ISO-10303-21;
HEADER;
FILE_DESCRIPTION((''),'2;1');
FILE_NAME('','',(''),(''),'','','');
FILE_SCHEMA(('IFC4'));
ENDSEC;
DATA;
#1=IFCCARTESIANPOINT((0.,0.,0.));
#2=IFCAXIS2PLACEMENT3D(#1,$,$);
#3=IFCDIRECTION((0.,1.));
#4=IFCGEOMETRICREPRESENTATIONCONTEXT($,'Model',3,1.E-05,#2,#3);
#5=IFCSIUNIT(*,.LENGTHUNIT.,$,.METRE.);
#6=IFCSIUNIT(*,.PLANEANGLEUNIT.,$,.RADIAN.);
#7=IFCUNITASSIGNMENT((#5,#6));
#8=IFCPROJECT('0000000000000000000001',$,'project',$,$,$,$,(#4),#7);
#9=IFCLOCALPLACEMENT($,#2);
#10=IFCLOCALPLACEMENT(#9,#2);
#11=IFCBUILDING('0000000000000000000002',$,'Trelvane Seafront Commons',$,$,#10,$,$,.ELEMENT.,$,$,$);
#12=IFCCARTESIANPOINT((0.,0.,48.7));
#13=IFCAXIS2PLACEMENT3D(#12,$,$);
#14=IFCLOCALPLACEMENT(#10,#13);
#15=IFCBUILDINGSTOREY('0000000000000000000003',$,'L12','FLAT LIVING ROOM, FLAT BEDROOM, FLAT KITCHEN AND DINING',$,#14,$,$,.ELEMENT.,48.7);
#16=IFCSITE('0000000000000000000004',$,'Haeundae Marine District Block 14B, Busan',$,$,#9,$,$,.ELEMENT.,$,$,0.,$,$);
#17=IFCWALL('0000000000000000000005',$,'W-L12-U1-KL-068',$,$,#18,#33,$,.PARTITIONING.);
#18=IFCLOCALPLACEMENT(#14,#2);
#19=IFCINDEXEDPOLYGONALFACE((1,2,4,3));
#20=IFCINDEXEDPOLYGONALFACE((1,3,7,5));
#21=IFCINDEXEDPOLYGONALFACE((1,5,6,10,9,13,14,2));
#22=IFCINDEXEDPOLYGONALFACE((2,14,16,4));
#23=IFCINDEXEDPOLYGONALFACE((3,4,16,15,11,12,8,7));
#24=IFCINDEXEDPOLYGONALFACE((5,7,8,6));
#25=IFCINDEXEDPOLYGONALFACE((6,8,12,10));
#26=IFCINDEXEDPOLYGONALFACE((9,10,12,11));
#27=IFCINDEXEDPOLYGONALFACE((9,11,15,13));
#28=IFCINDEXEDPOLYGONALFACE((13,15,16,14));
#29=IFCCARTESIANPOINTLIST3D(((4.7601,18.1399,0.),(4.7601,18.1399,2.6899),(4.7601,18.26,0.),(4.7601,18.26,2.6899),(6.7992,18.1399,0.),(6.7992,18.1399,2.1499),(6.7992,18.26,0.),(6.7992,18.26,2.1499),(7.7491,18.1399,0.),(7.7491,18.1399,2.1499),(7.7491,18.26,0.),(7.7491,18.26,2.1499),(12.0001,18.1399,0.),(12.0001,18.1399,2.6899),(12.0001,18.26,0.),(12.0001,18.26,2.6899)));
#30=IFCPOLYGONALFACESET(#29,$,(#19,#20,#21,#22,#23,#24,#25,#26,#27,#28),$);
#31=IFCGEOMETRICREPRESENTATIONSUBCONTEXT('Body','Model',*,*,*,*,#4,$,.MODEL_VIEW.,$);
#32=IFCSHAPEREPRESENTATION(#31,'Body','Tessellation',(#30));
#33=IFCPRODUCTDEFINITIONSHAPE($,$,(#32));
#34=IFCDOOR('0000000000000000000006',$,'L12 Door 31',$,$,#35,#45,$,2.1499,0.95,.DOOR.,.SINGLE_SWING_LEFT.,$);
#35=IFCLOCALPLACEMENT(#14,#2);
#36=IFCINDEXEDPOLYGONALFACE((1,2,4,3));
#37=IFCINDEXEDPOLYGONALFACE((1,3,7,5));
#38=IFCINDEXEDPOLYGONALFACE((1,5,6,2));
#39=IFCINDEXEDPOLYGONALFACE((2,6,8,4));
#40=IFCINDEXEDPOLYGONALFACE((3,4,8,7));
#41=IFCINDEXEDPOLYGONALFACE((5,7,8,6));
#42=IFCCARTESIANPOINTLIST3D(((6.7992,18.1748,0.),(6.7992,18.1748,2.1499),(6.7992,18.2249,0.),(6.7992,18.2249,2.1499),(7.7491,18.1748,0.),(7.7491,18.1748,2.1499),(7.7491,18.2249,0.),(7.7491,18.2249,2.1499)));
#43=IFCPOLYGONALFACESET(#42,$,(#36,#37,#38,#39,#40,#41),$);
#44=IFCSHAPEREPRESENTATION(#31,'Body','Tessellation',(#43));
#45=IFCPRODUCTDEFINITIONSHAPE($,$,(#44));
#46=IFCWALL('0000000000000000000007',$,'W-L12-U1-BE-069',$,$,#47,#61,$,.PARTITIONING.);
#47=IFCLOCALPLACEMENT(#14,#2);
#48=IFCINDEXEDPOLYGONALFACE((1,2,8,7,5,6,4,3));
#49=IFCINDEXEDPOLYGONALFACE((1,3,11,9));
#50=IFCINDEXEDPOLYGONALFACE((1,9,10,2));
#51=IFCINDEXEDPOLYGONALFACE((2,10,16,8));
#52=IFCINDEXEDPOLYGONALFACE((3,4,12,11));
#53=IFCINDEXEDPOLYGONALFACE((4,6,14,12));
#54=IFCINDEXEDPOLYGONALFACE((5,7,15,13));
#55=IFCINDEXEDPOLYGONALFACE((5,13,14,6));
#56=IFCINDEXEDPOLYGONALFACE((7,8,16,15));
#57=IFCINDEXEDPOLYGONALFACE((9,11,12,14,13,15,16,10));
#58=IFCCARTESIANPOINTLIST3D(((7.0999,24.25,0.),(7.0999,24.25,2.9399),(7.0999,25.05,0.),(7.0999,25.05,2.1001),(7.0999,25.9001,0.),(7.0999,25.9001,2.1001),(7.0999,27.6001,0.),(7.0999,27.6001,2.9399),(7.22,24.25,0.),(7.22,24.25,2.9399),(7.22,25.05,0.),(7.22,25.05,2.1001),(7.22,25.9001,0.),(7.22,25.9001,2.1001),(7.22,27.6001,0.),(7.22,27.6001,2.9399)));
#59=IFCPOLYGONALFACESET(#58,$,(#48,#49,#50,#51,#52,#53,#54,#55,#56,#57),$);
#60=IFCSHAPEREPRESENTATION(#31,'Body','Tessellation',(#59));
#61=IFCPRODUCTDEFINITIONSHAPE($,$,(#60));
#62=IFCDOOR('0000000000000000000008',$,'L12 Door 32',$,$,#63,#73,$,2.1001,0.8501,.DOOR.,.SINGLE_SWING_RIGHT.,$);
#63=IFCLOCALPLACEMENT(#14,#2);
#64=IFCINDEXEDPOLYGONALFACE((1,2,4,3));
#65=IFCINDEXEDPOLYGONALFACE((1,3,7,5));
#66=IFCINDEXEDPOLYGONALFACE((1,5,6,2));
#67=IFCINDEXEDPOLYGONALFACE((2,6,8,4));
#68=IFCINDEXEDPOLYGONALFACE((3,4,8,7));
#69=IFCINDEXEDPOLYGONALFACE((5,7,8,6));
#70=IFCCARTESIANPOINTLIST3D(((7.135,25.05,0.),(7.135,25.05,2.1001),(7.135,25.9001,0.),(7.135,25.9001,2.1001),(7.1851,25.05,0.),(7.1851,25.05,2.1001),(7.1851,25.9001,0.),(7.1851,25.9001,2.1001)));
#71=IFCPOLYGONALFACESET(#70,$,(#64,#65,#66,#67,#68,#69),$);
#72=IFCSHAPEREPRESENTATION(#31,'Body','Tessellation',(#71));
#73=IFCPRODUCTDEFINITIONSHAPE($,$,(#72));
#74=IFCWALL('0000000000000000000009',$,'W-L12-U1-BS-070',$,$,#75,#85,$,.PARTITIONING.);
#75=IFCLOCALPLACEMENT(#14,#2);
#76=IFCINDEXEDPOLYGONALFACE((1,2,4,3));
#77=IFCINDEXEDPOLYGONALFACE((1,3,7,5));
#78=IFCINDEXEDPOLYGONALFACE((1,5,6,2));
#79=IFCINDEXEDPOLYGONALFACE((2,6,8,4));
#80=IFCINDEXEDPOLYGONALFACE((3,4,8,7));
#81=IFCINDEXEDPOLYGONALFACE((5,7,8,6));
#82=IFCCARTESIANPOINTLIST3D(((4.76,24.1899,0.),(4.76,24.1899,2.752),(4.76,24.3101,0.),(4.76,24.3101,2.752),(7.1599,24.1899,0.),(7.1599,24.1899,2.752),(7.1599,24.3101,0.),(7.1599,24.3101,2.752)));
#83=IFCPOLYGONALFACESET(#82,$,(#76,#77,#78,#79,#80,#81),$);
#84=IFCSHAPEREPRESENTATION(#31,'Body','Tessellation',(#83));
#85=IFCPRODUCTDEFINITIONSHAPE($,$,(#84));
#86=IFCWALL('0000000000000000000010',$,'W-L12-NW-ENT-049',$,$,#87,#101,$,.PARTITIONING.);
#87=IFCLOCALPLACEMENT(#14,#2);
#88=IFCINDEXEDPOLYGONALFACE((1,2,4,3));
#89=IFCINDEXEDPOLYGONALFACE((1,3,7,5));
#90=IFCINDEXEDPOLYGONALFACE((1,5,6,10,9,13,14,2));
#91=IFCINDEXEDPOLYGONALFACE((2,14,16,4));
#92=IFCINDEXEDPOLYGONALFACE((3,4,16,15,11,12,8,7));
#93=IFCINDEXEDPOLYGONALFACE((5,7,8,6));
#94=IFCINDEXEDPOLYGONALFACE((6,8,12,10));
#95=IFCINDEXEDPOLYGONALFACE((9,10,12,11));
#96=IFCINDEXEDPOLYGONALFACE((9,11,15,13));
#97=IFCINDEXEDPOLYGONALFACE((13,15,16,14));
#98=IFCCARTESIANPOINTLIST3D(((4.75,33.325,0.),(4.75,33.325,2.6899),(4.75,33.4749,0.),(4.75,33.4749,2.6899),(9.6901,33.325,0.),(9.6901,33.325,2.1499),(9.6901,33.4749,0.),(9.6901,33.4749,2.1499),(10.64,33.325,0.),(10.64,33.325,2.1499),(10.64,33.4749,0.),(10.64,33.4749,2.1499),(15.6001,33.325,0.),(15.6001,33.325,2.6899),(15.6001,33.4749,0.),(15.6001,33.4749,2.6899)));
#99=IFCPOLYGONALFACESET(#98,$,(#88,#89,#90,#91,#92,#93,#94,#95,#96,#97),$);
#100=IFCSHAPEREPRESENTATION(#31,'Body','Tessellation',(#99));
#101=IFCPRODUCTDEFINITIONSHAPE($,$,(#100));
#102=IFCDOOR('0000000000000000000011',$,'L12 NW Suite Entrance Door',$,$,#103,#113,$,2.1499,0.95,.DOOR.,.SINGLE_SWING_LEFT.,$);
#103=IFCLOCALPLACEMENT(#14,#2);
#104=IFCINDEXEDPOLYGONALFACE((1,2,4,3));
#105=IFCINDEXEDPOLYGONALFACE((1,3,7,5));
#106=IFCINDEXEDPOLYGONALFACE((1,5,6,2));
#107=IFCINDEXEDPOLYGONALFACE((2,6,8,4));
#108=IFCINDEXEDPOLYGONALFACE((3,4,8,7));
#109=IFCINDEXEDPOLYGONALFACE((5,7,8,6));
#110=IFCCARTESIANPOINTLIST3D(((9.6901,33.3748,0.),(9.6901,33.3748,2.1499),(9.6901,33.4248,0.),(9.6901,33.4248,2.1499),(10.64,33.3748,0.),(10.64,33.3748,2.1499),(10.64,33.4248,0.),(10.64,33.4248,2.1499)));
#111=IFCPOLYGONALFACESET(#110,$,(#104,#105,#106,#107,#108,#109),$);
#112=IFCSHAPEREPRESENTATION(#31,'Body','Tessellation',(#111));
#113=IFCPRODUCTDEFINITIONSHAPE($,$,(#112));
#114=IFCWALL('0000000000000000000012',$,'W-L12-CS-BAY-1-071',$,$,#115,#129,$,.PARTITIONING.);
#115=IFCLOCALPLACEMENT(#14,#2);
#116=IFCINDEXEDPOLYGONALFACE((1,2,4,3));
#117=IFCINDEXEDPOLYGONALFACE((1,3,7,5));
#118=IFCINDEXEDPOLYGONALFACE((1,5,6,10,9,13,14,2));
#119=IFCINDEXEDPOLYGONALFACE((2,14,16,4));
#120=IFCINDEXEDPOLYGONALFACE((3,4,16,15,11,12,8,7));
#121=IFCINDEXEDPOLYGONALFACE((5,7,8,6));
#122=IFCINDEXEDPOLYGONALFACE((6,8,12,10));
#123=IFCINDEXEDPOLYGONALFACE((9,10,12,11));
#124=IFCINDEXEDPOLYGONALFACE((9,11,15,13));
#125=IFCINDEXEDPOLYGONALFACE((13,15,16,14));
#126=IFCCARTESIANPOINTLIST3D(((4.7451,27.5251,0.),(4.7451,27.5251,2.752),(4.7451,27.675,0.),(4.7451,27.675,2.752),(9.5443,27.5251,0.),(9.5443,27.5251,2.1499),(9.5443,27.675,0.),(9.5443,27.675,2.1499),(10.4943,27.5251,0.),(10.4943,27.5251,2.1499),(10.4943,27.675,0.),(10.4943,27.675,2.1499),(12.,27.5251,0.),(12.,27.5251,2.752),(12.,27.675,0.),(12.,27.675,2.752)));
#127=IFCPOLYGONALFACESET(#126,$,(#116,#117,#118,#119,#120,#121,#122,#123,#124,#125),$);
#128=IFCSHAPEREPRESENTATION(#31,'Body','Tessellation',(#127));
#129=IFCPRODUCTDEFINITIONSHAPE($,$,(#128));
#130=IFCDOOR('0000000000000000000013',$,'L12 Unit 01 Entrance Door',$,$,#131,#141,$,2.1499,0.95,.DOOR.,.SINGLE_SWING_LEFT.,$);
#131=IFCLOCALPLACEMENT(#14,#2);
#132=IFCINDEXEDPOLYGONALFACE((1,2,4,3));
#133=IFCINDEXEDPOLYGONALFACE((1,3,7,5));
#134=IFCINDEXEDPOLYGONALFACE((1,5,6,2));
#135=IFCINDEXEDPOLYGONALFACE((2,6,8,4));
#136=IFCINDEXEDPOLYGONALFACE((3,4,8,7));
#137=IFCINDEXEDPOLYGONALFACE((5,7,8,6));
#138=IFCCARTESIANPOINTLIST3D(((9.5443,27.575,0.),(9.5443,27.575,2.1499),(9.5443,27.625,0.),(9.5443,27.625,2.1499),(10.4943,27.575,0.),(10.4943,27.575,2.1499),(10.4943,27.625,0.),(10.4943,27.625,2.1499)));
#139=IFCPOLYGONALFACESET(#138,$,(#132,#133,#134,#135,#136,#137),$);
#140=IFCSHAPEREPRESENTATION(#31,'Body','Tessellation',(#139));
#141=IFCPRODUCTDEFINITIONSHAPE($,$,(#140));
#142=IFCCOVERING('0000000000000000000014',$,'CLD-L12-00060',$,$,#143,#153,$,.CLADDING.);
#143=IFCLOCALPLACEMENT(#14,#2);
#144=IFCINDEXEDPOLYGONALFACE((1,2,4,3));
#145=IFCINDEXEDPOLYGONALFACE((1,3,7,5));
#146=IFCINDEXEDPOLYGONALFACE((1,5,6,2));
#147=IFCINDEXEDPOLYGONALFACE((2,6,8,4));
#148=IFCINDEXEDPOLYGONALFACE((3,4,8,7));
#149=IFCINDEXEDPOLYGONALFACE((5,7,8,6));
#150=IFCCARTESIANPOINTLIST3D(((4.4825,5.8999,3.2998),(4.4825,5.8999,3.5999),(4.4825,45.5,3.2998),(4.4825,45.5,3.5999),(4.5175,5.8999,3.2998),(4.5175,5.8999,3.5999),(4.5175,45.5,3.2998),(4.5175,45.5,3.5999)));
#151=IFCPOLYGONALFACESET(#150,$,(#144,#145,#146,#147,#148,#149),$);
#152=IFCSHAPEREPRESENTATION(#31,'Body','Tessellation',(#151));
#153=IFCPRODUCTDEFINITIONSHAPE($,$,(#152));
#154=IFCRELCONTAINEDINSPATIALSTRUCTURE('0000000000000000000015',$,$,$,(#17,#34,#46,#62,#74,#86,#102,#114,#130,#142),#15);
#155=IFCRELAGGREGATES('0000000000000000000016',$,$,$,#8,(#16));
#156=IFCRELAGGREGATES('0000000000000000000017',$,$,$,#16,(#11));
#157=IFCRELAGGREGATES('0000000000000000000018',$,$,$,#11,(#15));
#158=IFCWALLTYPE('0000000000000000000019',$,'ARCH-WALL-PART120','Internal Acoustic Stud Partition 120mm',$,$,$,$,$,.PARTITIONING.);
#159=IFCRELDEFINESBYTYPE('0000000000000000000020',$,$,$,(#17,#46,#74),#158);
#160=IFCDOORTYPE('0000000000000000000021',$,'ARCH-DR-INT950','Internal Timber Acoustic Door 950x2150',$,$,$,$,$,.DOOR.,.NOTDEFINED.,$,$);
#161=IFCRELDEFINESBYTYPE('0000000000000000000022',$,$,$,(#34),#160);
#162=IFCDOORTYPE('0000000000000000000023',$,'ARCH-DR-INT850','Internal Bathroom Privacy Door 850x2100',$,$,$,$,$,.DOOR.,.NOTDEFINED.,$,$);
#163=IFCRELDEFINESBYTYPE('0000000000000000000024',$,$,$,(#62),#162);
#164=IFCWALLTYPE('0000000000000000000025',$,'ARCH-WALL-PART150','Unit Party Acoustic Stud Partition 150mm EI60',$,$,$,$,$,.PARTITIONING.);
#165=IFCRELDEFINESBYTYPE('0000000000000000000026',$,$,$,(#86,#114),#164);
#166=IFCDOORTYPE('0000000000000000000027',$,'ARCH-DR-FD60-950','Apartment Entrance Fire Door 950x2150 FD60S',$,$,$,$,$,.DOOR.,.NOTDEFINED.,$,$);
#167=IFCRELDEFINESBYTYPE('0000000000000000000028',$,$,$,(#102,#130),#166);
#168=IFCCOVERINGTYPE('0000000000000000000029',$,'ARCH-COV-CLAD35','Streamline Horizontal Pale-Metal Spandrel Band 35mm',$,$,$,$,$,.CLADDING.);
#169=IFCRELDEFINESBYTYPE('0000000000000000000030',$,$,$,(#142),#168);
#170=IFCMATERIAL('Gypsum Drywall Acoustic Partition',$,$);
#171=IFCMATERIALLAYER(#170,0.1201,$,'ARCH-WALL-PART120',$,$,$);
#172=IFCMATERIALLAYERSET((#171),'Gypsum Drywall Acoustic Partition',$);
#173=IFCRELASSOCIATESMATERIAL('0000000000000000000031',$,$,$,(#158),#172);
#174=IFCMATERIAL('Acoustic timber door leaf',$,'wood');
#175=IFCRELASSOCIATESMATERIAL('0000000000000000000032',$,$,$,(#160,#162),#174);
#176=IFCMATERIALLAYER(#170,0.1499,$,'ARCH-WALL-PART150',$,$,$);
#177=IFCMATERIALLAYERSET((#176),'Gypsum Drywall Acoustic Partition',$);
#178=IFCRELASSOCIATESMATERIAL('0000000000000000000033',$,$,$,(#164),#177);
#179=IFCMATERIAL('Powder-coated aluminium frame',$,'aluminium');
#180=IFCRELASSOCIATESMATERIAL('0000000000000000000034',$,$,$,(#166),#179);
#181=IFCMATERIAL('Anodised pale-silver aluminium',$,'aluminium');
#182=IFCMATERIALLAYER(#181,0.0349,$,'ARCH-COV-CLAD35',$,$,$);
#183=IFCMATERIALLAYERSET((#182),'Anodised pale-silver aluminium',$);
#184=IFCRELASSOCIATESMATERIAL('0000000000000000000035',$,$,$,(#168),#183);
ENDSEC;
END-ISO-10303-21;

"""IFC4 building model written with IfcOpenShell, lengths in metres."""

from ifc_helpers import new_model, si_unit, direction, frame, frame_2d, origin, origin_2d, place, context, subcontext, project, spatial, rectangle, extrude, source, transform, mapped, material, layer, layer_set, type_object, element, fill, save


model = new_model("IFC4")

# Units and contexts
model_context = context("Model", 3, precision=1e-05, world=origin(), true_north=direction((0.0, 1.0)))
body_context = subcontext(model_context, "Body", "Model", "MODEL_VIEW")
ifc_project = project(units=[si_unit("LENGTHUNIT", "METRE"), si_unit("PLANEANGLEUNIT", "RADIAN")], contexts=[model_context])

# Site, building, storey
site_placement = place(None, origin())
site = spatial("IfcSite", under=ifc_project, at=site_placement, Name="Haeundae Marine District Block 14B, Busan", CompositionType="ELEMENT", RefElevation=0.0)
building_placement = place(site_placement, origin())
building = spatial("IfcBuilding", under=site, at=building_placement, Name="Trelvane Seafront Commons", CompositionType="ELEMENT")
storey_placement = place(building_placement, frame((0.0, 0.0, 48.7)))
storey = spatial("IfcBuildingStorey", under=building, at=storey_placement, Name="L12", Description="FLAT LIVING ROOM, FLAT BEDROOM, FLAT KITCHEN AND DINING", CompositionType="ELEMENT", Elevation=48.7)

# Shared definitions
ifc_material_1 = material(Name="Anodised pale-silver aluminium", Category="aluminium")

# Walls, openings, doors
ifc_material_2 = material(Name="Gypsum Drywall Acoustic Partition")
ifc_layer_1 = layer(ifc_material_2, 0.1201, Name="ARCH-WALL-PART120")
ifc_layer_set_1 = layer_set([ifc_layer_1], Name="Gypsum Drywall Acoustic Partition")
wall_type_1 = type_object("IfcWallType", Name="ARCH-WALL-PART120", Description="Internal Acoustic Stud Partition 120mm", PredefinedType="PARTITIONING", material=ifc_layer_set_1)
ifc_material_3 = material(Name="Acoustic timber door leaf", Category="wood")
door_type_1 = type_object("IfcDoorType", Name="ARCH-DR-INT950", Description="Internal Timber Acoustic Door 950x2150", OperationType="NOTDEFINED", PredefinedType="DOOR", material=ifc_material_3)
shared_shape_1 = source(origin(), body_context, "Body", "SweptSolid", [
    extrude(rectangle(XDim=0.95, YDim=2.1499, at=frame_2d((0.4751, 1.075))), frame((0.0, 0.0249, 0.0), z_axis=(0.0, -1.0, 0.0), x_axis=(1.0, 0.0, 0.0)), (0.0, 0.0, 1.0), 0.05),
])
wall_1_placement = place(storey_placement, frame((4.76, 18.2, 0.0), z_axis=(0.0, 0.0, 1.0), x_axis=(1.0, 0.0, 0.0)))
wall_1 = element("IfcWall", 1, at=wall_1_placement, inside=storey, type_object=wall_type_1, Name="W-L12-U1-KL-068", PredefinedType="PARTITIONING", context=body_context, shape_type="SweptSolid", body=[
    extrude(rectangle(XDim=7.24, YDim=0.1201, at=frame_2d((3.6201, 0.0))), origin(), (0.0, 0.0, 1.0), 2.6899),
])
opening_1_placement = place(wall_1_placement, frame((2.0391, 0.0, 0.0)))
opening_1 = element("IfcOpeningElement", 2, at=opening_1_placement, cuts=wall_1, PredefinedType="OPENING", context=body_context, shape_type="SweptSolid", body=[
    extrude(rectangle(XDim=0.95, YDim=2.1499, at=frame_2d((0.4751, 1.075))), frame((0.0, 0.0701, 0.0), z_axis=(0.0, -1.0, 0.0), x_axis=(1.0, 0.0, 0.0)), (0.0, 0.0, 1.0), 0.1401),
])
door_1_placement = place(opening_1_placement, origin())
door_1 = element("IfcDoor", 3, at=door_1_placement, inside=storey, type_object=door_type_1, Name="L12 Door 31", OperationType="SINGLE_SWING_LEFT", OverallHeight=2.1499, OverallWidth=0.95, PredefinedType="DOOR", context=body_context, shape_type="MappedRepresentation", body=[
    mapped(shared_shape_1, transform((0.0, 0.0, 0.0), x_axis=(1.0, 0.0, 0.0), y_axis=(0.0, 1.0, 0.0), z_axis=(0.0, 0.0, 1.0), scale=1.0)),
])
fill(opening_1, door_1)
wall_2_placement = place(storey_placement, frame((7.1599, 24.25, 0.0), z_axis=(0.0, 0.0, 1.0), x_axis=(0.0, 1.0, 0.0)))
wall_2 = element("IfcWall", 4, at=wall_2_placement, inside=storey, type_object=wall_type_1, Name="W-L12-U1-BE-069", PredefinedType="PARTITIONING", context=body_context, shape_type="SweptSolid", body=[
    extrude(rectangle(XDim=3.3501, YDim=0.1201, at=frame_2d((1.675, 0.0))), origin(), (0.0, 0.0, 1.0), 2.9399),
])
opening_2_placement = place(wall_2_placement, frame((0.8, 0.0, 0.0)))
opening_2 = element("IfcOpeningElement", 5, at=opening_2_placement, cuts=wall_2, PredefinedType="OPENING", context=body_context, shape_type="SweptSolid", body=[
    extrude(rectangle(XDim=0.8501, YDim=2.1001, at=frame_2d((0.425, 1.05))), frame((0.0, 0.0701, 0.0), z_axis=(0.0, -1.0, 0.0), x_axis=(1.0, 0.0, 0.0)), (0.0, 0.0, 1.0), 0.1401),
])
door_type_2 = type_object("IfcDoorType", Name="ARCH-DR-INT850", Description="Internal Bathroom Privacy Door 850x2100", OperationType="NOTDEFINED", PredefinedType="DOOR", material=ifc_material_3)
shared_shape_2 = source(origin(), body_context, "Body", "SweptSolid", [
    extrude(rectangle(XDim=0.8501, YDim=2.1001, at=frame_2d((0.425, 1.05))), frame((0.0, 0.0249, 0.0), z_axis=(0.0, -1.0, 0.0), x_axis=(1.0, 0.0, 0.0)), (0.0, 0.0, 1.0), 0.05),
])
door_2_placement = place(opening_2_placement, origin())
door_2 = element("IfcDoor", 6, at=door_2_placement, inside=storey, type_object=door_type_2, Name="L12 Door 32", OperationType="SINGLE_SWING_RIGHT", OverallHeight=2.1001, OverallWidth=0.8501, PredefinedType="DOOR", context=body_context, shape_type="MappedRepresentation", body=[
    mapped(shared_shape_2, transform((0.0, 0.0, 0.0), x_axis=(1.0, 0.0, 0.0), y_axis=(0.0, 1.0, 0.0), z_axis=(0.0, 0.0, 1.0), scale=1.0)),
])
fill(opening_2, door_2)

# Wall
wall_3_placement = place(storey_placement, frame((4.76, 24.25, 0.0), z_axis=(0.0, 0.0, 1.0), x_axis=(1.0, 0.0, 0.0)))
element("IfcWall", 7, at=wall_3_placement, inside=storey, type_object=wall_type_1, Name="W-L12-U1-BS-070", PredefinedType="PARTITIONING", context=body_context, shape_type="SweptSolid", body=[
    extrude(rectangle(XDim=2.3999, YDim=0.1201, at=frame_2d((1.2, 0.0))), origin(), (0.0, 0.0, 1.0), 2.752),
])

# Walls, openings, doors
ifc_layer_2 = layer(ifc_material_2, 0.1499, Name="ARCH-WALL-PART150")
ifc_layer_set_2 = layer_set([ifc_layer_2], Name="Gypsum Drywall Acoustic Partition")
wall_type_2 = type_object("IfcWallType", Name="ARCH-WALL-PART150", Description="Unit Party Acoustic Stud Partition 150mm EI60", PredefinedType="PARTITIONING", material=ifc_layer_set_2)
wall_4_placement = place(storey_placement, frame((4.75, 33.3999, 0.0), z_axis=(0.0, 0.0, 1.0), x_axis=(1.0, 0.0, 0.0)))
wall_4 = element("IfcWall", 8, at=wall_4_placement, inside=storey, type_object=wall_type_2, Name="W-L12-NW-ENT-049", PredefinedType="PARTITIONING", context=body_context, shape_type="SweptSolid", body=[
    extrude(rectangle(XDim=10.8501, YDim=0.1499, at=frame_2d((5.425, 0.0))), origin(), (0.0, 0.0, 1.0), 2.6899),
])
opening_3_placement = place(wall_4_placement, frame((4.9399, 0.0, 0.0)))
opening_3 = element("IfcOpeningElement", 9, at=opening_3_placement, cuts=wall_4, PredefinedType="OPENING", context=body_context, shape_type="SweptSolid", body=[
    extrude(rectangle(XDim=0.95, YDim=2.1499, at=frame_2d((0.4751, 1.075))), frame((0.0, 0.085, 0.0), z_axis=(0.0, -1.0, 0.0), x_axis=(1.0, 0.0, 0.0)), (0.0, 0.0, 1.0), 0.1699),
])
ifc_material_4 = material(Name="Powder-coated aluminium frame", Category="aluminium")
door_type_3 = type_object("IfcDoorType", Name="ARCH-DR-FD60-950", Description="Apartment Entrance Fire Door 950x2150 FD60S", OperationType="NOTDEFINED", PredefinedType="DOOR", material=ifc_material_4)
door_3_placement = place(opening_3_placement, origin())
door_3 = element("IfcDoor", 10, at=door_3_placement, inside=storey, type_object=door_type_3, Name="L12 NW Suite Entrance Door", OperationType="SINGLE_SWING_LEFT", OverallHeight=2.1499, OverallWidth=0.95, PredefinedType="DOOR", context=body_context, shape_type="MappedRepresentation", body=[
    mapped(shared_shape_1, transform((0.0, 0.0, 0.0), x_axis=(1.0, 0.0, 0.0), y_axis=(0.0, 1.0, 0.0), z_axis=(0.0, 0.0, 1.0), scale=1.0)),
])
fill(opening_3, door_3)
wall_5_placement = place(storey_placement, frame((4.7451, 27.6001, 0.0), z_axis=(0.0, 0.0, 1.0), x_axis=(1.0, 0.0, 0.0)))
wall_5 = element("IfcWall", 11, at=wall_5_placement, inside=storey, type_object=wall_type_2, Name="W-L12-CS-BAY-1-071", PredefinedType="PARTITIONING", context=body_context, shape_type="SweptSolid", body=[
    extrude(rectangle(XDim=7.2549, YDim=0.1499, at=frame_2d((3.6274, 0.0))), origin(), (0.0, 0.0, 1.0), 2.752),
])
opening_4_placement = place(wall_5_placement, frame((4.7991, 0.0, 0.0)))
opening_4 = element("IfcOpeningElement", 12, at=opening_4_placement, cuts=wall_5, PredefinedType="OPENING", context=body_context, shape_type="SweptSolid", body=[
    extrude(rectangle(XDim=0.95, YDim=2.1499, at=frame_2d((0.4751, 1.075))), frame((0.0, 0.085, 0.0), z_axis=(0.0, -1.0, 0.0), x_axis=(1.0, 0.0, 0.0)), (0.0, 0.0, 1.0), 0.1699),
])
door_4_placement = place(opening_4_placement, origin())
door_4 = element("IfcDoor", 13, at=door_4_placement, inside=storey, type_object=door_type_3, Name="L12 Unit 01 Entrance Door", OperationType="SINGLE_SWING_LEFT", OverallHeight=2.1499, OverallWidth=0.95, PredefinedType="DOOR", context=body_context, shape_type="MappedRepresentation", body=[
    mapped(shared_shape_1, transform((0.0, 0.0, 0.0), x_axis=(1.0, 0.0, 0.0), y_axis=(0.0, 1.0, 0.0), z_axis=(0.0, 0.0, 1.0), scale=1.0)),
])
fill(opening_4, door_4)

# Covering
ifc_layer_3 = layer(ifc_material_1, 0.0349, Name="ARCH-COV-CLAD35")
ifc_layer_set_3 = layer_set([ifc_layer_3], Name="Anodised pale-silver aluminium")
covering_type = type_object("IfcCoveringType", Name="ARCH-COV-CLAD35", Description="Streamline Horizontal Pale-Metal Spandrel Band 35mm", PredefinedType="CLADDING", material=ifc_layer_set_3)
shared_shape_3 = source(origin(), body_context, "Body", "SweptSolid", [
    extrude(rectangle(XDim=39.6001, YDim=0.0349, at=origin_2d()), origin(), (0.0, 0.0, 1.0), 0.3),
])
covering_placement = place(storey_placement, frame((4.5, 25.7, 3.2998), z_axis=(0.0, 0.0, 1.0), x_axis=(0.0, 1.0, 0.0)))
element("IfcCovering", 14, at=covering_placement, inside=storey, type_object=covering_type, Name="CLD-L12-00060", PredefinedType="CLADDING", context=body_context, shape_type="MappedRepresentation", body=[
    mapped(shared_shape_3, transform((0.0, 0.0, 0.0), x_axis=(1.0, 0.0, 0.0), y_axis=(0.0, 1.0, 0.0), z_axis=(0.0, 0.0, 1.0), scale=1.0)),
])

save(model, "model.ifc")
